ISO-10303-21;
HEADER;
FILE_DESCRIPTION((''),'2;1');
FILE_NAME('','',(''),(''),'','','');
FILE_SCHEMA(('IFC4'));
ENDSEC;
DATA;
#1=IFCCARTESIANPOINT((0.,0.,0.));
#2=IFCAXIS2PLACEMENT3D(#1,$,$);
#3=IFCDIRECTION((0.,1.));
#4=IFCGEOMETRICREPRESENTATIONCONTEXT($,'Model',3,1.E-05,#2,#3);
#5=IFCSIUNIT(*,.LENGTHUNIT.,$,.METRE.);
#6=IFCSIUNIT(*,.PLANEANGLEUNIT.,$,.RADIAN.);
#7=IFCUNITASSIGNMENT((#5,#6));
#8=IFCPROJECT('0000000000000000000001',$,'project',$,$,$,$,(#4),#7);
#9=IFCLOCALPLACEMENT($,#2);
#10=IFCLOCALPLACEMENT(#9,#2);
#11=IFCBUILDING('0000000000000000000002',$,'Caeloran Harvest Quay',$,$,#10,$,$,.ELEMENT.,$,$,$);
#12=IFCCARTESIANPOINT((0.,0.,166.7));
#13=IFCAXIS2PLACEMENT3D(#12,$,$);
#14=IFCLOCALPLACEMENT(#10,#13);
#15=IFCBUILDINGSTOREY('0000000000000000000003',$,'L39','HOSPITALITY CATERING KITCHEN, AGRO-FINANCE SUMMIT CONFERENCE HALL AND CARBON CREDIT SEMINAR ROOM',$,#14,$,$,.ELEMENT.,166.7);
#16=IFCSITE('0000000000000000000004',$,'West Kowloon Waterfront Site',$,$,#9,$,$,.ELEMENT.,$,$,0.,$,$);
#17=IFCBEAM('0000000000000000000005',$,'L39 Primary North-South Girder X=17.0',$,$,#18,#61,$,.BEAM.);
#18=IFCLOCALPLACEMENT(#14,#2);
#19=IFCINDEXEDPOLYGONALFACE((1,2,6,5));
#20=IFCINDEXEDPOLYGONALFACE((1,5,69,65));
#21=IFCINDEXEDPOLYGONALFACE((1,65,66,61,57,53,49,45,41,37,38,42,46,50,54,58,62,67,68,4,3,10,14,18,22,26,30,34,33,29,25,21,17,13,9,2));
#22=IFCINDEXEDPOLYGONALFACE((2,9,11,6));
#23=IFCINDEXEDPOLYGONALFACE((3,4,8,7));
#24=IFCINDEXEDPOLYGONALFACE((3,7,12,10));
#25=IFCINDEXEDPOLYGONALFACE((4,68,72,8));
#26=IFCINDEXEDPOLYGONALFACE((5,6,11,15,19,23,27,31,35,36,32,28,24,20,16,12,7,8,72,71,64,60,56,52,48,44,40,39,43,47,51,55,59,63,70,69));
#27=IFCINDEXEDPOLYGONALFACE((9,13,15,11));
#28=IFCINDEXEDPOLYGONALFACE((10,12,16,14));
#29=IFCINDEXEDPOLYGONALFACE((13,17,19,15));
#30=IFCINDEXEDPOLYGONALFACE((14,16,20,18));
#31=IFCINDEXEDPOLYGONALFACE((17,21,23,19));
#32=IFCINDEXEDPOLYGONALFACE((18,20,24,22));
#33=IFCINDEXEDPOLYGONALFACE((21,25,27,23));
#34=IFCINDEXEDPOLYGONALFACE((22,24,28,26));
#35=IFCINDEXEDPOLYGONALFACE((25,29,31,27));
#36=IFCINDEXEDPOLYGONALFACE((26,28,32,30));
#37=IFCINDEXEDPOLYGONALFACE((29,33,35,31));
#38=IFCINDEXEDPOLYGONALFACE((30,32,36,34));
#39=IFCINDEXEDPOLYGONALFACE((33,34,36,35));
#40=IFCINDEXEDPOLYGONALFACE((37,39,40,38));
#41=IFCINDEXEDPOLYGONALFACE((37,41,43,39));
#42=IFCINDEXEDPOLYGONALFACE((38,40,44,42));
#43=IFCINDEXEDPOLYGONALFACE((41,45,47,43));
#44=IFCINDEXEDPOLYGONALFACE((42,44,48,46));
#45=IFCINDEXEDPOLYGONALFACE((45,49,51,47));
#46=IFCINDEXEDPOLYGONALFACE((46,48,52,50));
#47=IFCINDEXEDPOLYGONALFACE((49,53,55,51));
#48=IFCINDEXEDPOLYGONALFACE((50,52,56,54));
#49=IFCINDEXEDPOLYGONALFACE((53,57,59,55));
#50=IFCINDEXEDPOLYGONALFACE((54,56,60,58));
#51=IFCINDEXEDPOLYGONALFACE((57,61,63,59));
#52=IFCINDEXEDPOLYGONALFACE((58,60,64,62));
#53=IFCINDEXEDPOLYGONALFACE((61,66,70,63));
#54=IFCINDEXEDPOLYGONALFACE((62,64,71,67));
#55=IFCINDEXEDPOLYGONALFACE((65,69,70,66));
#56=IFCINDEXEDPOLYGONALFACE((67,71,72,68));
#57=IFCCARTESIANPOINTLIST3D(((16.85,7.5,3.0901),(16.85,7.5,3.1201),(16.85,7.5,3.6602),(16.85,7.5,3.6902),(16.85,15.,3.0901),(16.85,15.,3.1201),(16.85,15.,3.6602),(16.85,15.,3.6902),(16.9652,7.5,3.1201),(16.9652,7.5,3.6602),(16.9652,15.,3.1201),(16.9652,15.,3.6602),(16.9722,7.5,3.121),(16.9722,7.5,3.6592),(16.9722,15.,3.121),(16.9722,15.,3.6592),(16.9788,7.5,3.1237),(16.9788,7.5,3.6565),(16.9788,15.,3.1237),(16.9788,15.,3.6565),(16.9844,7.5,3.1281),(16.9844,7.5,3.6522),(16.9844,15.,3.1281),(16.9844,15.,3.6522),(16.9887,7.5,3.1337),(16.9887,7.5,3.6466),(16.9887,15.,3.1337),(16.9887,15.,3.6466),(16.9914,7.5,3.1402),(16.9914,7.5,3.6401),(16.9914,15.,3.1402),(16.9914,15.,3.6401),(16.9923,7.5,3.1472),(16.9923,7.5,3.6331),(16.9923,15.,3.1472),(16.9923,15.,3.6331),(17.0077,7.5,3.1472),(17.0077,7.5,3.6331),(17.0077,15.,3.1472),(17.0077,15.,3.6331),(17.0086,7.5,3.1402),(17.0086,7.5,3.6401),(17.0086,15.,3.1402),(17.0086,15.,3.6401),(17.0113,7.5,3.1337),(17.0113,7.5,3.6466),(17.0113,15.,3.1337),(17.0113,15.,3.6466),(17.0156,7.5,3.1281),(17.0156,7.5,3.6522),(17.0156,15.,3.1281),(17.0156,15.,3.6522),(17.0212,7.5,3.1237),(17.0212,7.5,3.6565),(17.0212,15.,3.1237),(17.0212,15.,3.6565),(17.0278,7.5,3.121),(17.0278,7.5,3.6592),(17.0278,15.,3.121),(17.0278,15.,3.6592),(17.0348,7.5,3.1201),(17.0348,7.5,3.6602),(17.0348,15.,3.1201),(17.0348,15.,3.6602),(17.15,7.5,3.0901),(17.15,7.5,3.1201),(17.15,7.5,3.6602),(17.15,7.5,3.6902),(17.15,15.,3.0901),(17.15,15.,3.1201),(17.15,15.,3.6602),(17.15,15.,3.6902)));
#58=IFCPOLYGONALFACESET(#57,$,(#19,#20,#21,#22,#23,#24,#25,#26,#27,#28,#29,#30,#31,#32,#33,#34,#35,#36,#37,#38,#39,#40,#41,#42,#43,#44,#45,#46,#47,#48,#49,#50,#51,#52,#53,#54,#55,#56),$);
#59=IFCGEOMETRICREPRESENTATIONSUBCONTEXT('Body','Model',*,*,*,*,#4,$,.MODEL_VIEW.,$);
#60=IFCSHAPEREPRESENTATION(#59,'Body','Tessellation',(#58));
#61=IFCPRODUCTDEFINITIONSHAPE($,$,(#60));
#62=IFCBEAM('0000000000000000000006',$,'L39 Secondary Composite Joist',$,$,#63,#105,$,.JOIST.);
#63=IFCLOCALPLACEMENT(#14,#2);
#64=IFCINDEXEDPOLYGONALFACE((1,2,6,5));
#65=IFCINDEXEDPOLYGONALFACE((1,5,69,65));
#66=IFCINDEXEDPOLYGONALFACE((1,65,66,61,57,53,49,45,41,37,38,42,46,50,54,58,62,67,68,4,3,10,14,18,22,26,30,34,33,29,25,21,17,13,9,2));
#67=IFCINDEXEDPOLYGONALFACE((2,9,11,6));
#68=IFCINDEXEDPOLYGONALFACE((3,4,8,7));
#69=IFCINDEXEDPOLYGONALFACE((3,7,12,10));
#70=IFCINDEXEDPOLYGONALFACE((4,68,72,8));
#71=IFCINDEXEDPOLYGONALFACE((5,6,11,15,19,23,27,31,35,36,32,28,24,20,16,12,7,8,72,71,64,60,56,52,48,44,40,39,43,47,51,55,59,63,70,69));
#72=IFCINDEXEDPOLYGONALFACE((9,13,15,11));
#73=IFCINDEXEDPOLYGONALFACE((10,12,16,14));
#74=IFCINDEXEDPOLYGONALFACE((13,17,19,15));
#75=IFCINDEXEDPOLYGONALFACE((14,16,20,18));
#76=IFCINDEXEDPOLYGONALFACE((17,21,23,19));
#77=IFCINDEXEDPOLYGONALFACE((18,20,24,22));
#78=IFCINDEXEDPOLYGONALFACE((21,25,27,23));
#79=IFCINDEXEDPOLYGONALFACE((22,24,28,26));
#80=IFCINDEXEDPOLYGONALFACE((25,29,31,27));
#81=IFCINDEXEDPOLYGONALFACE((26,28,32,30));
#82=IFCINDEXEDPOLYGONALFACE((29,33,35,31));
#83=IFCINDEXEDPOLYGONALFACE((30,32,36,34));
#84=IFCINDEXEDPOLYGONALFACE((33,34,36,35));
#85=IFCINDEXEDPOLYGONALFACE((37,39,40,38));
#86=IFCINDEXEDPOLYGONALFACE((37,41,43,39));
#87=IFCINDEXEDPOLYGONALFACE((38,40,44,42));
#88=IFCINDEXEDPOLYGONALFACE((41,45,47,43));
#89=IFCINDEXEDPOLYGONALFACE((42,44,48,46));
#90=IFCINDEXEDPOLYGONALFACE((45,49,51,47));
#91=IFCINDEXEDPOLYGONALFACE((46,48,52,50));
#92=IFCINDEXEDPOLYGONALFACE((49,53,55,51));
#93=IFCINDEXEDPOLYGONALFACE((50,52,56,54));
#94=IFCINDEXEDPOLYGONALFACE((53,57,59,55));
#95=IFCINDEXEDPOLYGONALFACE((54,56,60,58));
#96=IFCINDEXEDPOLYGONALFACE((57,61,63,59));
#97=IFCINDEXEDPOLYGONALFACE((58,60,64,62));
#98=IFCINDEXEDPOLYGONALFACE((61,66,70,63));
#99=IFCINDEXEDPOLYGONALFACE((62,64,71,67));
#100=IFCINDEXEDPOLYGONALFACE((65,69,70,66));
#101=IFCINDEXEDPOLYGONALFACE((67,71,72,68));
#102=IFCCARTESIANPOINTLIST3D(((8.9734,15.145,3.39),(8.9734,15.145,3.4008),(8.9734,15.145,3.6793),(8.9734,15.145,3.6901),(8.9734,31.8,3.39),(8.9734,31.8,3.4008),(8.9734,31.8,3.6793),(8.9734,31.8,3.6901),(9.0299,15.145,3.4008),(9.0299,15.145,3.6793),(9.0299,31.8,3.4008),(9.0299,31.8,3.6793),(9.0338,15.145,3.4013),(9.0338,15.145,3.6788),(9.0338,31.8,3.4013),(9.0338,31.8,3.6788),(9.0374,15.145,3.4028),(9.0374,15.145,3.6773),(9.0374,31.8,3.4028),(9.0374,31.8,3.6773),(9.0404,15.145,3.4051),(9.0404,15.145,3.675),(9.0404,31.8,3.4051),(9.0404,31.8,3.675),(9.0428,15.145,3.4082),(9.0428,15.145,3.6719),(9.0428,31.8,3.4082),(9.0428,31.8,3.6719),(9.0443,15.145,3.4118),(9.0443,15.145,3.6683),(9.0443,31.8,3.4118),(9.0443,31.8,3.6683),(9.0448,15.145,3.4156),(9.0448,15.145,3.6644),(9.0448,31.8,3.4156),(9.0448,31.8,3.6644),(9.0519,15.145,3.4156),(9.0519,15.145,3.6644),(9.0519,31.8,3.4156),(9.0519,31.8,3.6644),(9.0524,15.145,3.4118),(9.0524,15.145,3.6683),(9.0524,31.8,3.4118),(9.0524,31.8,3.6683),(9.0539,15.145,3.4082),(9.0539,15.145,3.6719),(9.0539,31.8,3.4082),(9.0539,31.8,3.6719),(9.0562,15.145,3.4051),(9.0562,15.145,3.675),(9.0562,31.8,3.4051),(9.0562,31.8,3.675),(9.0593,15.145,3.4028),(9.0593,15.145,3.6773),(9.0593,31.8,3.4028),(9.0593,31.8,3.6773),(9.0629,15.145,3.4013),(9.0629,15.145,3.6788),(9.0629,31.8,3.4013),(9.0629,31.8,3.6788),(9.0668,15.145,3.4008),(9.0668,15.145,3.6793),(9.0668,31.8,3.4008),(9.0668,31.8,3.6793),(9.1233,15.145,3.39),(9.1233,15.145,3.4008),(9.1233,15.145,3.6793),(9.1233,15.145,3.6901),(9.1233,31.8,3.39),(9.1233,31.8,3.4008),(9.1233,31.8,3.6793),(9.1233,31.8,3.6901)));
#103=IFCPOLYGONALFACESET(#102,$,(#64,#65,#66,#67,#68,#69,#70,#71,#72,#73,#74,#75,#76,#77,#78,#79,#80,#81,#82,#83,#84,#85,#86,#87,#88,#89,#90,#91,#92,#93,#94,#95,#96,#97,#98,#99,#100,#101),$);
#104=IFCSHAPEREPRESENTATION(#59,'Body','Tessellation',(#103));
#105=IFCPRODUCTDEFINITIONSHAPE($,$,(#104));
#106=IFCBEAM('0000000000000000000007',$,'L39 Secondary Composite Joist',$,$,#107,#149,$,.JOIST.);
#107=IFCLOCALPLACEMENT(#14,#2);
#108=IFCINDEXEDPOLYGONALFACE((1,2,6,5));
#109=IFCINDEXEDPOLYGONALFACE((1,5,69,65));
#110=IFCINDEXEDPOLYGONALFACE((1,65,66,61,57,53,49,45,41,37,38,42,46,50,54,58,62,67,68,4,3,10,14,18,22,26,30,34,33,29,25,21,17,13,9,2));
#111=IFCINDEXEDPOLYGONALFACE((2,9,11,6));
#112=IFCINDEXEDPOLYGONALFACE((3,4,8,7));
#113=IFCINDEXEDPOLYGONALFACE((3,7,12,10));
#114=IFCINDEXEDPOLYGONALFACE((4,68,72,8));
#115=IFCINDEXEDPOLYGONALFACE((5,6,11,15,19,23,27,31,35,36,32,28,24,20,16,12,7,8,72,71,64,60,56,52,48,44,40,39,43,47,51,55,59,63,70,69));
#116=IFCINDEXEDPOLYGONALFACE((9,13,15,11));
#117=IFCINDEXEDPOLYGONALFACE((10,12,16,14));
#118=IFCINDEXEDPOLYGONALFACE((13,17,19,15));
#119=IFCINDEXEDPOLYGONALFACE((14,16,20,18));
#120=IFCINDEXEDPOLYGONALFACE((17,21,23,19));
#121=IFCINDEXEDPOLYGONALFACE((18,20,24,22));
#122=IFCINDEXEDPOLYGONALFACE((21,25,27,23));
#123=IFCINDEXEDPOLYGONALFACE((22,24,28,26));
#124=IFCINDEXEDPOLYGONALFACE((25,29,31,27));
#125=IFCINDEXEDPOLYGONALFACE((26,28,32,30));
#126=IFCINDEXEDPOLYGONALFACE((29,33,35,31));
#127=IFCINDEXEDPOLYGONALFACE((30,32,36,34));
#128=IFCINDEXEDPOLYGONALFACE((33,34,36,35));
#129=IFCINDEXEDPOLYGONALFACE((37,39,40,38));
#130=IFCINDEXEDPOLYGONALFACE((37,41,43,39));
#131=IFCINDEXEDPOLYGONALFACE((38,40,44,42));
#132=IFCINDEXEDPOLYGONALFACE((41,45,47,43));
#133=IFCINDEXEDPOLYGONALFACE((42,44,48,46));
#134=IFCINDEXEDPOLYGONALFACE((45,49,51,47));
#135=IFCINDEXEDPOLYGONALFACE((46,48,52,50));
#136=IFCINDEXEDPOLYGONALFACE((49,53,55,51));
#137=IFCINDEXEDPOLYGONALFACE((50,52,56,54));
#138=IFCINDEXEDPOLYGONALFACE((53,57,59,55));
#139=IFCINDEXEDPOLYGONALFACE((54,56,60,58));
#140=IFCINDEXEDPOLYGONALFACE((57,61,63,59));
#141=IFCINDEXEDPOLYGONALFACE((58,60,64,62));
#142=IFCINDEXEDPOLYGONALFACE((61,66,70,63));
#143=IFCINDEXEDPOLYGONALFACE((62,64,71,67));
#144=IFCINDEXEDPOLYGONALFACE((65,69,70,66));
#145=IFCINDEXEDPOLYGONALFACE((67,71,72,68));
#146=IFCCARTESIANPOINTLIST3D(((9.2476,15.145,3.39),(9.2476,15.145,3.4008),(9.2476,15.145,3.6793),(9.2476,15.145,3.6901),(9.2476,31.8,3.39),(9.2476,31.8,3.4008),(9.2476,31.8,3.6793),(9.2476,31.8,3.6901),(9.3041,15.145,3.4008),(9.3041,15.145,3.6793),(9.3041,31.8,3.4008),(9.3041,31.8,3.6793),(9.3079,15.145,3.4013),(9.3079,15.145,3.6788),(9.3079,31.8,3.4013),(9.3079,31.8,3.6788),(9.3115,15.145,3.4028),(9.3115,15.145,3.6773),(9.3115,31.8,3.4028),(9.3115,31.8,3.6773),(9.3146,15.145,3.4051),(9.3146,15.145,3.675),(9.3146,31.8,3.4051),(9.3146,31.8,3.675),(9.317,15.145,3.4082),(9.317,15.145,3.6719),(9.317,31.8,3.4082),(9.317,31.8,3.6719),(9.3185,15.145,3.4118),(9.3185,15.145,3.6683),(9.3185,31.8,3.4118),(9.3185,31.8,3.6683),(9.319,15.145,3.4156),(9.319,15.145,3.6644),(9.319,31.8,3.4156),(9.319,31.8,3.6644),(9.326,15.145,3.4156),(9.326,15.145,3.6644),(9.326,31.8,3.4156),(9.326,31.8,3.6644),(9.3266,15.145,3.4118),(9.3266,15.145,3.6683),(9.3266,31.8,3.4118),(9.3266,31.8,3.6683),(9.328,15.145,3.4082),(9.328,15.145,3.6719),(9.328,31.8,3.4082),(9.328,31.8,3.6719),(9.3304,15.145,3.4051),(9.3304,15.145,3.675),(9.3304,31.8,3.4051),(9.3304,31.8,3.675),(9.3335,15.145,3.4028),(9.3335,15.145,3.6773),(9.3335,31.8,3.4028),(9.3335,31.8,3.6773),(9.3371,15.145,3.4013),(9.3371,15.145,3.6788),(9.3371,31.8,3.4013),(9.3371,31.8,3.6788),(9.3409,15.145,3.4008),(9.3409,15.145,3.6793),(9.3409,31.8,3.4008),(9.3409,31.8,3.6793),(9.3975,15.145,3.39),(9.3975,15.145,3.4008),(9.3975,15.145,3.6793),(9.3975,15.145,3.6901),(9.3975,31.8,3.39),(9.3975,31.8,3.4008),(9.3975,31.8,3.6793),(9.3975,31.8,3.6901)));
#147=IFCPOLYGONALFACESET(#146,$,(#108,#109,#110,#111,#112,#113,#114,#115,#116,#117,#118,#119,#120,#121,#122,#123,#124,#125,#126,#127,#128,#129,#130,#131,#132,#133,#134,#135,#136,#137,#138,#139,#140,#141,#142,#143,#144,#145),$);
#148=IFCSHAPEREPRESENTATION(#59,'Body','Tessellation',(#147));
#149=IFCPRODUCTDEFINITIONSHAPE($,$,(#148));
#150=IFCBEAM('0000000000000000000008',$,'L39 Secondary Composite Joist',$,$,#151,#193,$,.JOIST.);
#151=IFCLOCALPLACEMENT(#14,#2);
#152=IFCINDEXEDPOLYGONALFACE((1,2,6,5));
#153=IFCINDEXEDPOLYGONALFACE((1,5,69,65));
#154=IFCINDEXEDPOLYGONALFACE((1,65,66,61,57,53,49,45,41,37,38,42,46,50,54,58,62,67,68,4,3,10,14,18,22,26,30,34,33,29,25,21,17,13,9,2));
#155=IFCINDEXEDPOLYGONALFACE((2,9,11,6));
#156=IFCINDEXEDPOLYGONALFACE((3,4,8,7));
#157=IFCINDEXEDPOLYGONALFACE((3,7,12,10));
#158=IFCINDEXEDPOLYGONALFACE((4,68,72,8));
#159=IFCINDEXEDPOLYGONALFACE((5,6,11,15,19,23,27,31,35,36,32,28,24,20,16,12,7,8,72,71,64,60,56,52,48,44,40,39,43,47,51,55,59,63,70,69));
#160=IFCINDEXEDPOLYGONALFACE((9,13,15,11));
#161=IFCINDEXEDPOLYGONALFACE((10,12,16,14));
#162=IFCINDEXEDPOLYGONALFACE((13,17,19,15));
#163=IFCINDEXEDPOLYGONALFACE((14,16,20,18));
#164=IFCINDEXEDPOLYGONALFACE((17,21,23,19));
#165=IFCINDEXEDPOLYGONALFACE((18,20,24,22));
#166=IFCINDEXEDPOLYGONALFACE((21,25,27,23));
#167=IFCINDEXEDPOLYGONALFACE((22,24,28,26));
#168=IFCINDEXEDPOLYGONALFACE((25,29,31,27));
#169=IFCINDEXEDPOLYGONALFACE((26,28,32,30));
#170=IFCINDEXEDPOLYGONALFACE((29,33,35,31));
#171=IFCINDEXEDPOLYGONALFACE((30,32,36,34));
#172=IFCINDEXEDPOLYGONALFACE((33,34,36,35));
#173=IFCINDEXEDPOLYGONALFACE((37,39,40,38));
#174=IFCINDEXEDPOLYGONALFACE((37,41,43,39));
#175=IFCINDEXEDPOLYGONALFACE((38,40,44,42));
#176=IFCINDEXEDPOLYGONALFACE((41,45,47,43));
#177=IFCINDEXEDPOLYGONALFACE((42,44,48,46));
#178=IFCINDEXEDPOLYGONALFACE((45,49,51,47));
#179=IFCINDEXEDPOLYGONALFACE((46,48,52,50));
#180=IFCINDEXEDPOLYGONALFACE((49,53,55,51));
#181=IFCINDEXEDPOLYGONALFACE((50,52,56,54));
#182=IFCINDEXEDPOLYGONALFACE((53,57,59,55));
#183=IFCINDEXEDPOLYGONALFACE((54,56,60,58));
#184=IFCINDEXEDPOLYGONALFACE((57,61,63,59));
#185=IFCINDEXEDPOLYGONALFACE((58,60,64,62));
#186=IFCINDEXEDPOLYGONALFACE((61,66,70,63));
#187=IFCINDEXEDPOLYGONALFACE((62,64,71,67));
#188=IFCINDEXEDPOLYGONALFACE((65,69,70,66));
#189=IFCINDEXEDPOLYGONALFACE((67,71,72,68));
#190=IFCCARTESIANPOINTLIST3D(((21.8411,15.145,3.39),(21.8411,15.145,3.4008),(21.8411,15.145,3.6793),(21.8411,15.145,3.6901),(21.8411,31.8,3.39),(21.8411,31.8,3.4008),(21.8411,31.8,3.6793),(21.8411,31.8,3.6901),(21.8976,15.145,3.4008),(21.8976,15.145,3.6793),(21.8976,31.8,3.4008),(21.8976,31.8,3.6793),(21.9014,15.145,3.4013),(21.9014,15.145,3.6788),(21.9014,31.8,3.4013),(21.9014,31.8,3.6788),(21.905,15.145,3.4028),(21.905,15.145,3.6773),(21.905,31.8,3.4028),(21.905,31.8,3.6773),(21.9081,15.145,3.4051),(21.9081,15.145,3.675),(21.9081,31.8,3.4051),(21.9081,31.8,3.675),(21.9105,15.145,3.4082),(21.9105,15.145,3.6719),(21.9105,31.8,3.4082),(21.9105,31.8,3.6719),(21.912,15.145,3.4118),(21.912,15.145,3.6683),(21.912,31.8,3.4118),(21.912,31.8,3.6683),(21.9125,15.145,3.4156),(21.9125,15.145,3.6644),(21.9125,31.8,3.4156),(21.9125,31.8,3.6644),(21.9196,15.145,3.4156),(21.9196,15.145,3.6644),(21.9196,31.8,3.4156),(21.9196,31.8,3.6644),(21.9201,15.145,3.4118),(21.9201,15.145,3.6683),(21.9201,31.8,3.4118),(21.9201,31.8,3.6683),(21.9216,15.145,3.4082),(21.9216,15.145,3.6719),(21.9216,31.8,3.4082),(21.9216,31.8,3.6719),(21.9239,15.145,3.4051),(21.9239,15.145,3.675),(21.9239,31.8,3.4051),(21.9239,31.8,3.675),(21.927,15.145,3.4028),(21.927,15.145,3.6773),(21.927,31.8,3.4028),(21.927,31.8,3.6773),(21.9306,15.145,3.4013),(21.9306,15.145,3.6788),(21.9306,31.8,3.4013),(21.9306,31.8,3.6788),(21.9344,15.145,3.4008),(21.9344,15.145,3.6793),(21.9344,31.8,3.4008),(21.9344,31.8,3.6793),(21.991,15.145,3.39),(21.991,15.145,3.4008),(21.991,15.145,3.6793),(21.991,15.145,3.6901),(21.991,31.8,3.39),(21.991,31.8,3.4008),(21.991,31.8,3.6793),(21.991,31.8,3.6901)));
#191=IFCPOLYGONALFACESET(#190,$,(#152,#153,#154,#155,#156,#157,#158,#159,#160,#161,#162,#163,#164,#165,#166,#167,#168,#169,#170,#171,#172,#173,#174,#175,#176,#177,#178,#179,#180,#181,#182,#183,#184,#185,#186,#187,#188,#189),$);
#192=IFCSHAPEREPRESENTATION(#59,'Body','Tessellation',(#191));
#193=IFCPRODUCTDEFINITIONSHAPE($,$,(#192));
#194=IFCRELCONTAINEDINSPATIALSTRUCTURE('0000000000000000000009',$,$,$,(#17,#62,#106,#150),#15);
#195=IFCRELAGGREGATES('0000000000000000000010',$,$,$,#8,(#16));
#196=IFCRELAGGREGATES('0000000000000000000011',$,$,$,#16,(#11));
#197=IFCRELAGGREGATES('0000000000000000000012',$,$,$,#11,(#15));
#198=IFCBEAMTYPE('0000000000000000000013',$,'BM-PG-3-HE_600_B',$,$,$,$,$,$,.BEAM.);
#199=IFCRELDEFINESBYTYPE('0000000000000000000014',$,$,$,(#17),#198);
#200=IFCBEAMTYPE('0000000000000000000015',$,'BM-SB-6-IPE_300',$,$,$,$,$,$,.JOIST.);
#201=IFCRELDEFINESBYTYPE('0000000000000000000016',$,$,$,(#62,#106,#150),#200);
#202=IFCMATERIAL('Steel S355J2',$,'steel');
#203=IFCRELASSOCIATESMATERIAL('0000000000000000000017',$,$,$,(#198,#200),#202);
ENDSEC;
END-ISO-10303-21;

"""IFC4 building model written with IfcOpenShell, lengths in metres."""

from ifc_helpers import new_model, si_unit, direction, frame, origin, origin_2d, place, context, subcontext, project, spatial, i_section, extrude, material, material_profile, profile_set, type_object, element, save


model = new_model("IFC4")

# Units and contexts
model_context = context("Model", 3, precision=1e-05, world=origin(), true_north=direction((0.0, 1.0)))
body_context = subcontext(model_context, "Body", "Model", "MODEL_VIEW")
ifc_project = project(units=[si_unit("LENGTHUNIT", "METRE"), si_unit("PLANEANGLEUNIT", "RADIAN")], contexts=[model_context])

# Site, building, storey
site_placement = place(None, origin())
site = spatial("IfcSite", under=ifc_project, at=site_placement, Name="West Kowloon Waterfront Site", CompositionType="ELEMENT", RefElevation=0.0)
building_placement = place(site_placement, origin())
building = spatial("IfcBuilding", under=site, at=building_placement, Name="Caeloran Harvest Quay", CompositionType="ELEMENT")
storey_placement = place(building_placement, frame((0.0, 0.0, 166.7)))
storey = spatial("IfcBuildingStorey", under=building, at=storey_placement, Name="L39", Description="HOSPITALITY CATERING KITCHEN, AGRO-FINANCE SUMMIT CONFERENCE HALL AND CARBON CREDIT SEMINAR ROOM", CompositionType="ELEMENT", Elevation=166.7)

# Beams
ifc_material_1 = material(Name="Steel S355J2", Category="steel")
ifc_material_profile_1 = material_profile(ifc_material_1, i_section(OverallWidth=0.3, OverallDepth=0.6001, WebThickness=0.0154, FlangeThickness=0.03, FilletRadius=0.0271, at=origin_2d()), Name="HE 600 B")
ifc_profile_set_1 = profile_set([ifc_material_profile_1], Name="Steel S355J2")
beam_type_1 = type_object("IfcBeamType", Name="BM-PG-3-HE_600_B", PredefinedType="BEAM", material=ifc_profile_set_1)
beam_1_placement = place(storey_placement, frame((17.0, 7.5, 3.3901), z_axis=(0.0, 1.0, 0.0), x_axis=(-1.0, 0.0, 0.0)))
element("IfcBeam", 1, at=beam_1_placement, inside=storey, type_object=beam_type_1, Name="L39 Primary North-South Girder X=17.0", PredefinedType="BEAM", context=body_context, shape_type="SweptSolid", body=[
    extrude(i_section(OverallWidth=0.3, OverallDepth=0.6001, WebThickness=0.0154, FlangeThickness=0.03, FilletRadius=0.0271, at=origin_2d()), origin(), (0.0, 0.0, 1.0), 7.5),
])
ifc_material_profile_2 = material_profile(ifc_material_1, i_section(OverallWidth=0.1499, OverallDepth=0.3, WebThickness=0.0071, FlangeThickness=0.0107, FilletRadius=0.0149, at=origin_2d()), Name="IPE 300")
ifc_profile_set_2 = profile_set([ifc_material_profile_2], Name="Steel S355J2")
beam_type_2 = type_object("IfcBeamType", Name="BM-SB-6-IPE_300", PredefinedType="JOIST", material=ifc_profile_set_2)
for number, where, z_axis, x_axis, name in (
    (2, (9.0483, 15.145, 3.54), (0.0, 1.0, 0.0), (-1.0, 0.0, 0.0), "L39 Secondary Composite Joist"),
    (3, (9.3225, 15.145, 3.54), (0.0, 1.0, 0.0), (-1.0, 0.0, 0.0), "L39 Secondary Composite Joist"),
    (4, (21.916, 15.145, 3.54), (0.0, 1.0, 0.0), (-1.0, 0.0, 0.0), "L39 Secondary Composite Joist"),
):
    element("IfcBeam", number, at=place(storey_placement, frame(where, z_axis=z_axis, x_axis=x_axis)), inside=storey, type_object=beam_type_2, Name=name, PredefinedType="JOIST", context=body_context, shape_type="SweptSolid", body=[
        extrude(i_section(OverallWidth=0.1499, OverallDepth=0.3, WebThickness=0.0071, FlangeThickness=0.0107, FilletRadius=0.0149, at=origin_2d()), origin(), (0.0, 0.0, 1.0), 16.655),
    ])

save(model, "model.ifc")
